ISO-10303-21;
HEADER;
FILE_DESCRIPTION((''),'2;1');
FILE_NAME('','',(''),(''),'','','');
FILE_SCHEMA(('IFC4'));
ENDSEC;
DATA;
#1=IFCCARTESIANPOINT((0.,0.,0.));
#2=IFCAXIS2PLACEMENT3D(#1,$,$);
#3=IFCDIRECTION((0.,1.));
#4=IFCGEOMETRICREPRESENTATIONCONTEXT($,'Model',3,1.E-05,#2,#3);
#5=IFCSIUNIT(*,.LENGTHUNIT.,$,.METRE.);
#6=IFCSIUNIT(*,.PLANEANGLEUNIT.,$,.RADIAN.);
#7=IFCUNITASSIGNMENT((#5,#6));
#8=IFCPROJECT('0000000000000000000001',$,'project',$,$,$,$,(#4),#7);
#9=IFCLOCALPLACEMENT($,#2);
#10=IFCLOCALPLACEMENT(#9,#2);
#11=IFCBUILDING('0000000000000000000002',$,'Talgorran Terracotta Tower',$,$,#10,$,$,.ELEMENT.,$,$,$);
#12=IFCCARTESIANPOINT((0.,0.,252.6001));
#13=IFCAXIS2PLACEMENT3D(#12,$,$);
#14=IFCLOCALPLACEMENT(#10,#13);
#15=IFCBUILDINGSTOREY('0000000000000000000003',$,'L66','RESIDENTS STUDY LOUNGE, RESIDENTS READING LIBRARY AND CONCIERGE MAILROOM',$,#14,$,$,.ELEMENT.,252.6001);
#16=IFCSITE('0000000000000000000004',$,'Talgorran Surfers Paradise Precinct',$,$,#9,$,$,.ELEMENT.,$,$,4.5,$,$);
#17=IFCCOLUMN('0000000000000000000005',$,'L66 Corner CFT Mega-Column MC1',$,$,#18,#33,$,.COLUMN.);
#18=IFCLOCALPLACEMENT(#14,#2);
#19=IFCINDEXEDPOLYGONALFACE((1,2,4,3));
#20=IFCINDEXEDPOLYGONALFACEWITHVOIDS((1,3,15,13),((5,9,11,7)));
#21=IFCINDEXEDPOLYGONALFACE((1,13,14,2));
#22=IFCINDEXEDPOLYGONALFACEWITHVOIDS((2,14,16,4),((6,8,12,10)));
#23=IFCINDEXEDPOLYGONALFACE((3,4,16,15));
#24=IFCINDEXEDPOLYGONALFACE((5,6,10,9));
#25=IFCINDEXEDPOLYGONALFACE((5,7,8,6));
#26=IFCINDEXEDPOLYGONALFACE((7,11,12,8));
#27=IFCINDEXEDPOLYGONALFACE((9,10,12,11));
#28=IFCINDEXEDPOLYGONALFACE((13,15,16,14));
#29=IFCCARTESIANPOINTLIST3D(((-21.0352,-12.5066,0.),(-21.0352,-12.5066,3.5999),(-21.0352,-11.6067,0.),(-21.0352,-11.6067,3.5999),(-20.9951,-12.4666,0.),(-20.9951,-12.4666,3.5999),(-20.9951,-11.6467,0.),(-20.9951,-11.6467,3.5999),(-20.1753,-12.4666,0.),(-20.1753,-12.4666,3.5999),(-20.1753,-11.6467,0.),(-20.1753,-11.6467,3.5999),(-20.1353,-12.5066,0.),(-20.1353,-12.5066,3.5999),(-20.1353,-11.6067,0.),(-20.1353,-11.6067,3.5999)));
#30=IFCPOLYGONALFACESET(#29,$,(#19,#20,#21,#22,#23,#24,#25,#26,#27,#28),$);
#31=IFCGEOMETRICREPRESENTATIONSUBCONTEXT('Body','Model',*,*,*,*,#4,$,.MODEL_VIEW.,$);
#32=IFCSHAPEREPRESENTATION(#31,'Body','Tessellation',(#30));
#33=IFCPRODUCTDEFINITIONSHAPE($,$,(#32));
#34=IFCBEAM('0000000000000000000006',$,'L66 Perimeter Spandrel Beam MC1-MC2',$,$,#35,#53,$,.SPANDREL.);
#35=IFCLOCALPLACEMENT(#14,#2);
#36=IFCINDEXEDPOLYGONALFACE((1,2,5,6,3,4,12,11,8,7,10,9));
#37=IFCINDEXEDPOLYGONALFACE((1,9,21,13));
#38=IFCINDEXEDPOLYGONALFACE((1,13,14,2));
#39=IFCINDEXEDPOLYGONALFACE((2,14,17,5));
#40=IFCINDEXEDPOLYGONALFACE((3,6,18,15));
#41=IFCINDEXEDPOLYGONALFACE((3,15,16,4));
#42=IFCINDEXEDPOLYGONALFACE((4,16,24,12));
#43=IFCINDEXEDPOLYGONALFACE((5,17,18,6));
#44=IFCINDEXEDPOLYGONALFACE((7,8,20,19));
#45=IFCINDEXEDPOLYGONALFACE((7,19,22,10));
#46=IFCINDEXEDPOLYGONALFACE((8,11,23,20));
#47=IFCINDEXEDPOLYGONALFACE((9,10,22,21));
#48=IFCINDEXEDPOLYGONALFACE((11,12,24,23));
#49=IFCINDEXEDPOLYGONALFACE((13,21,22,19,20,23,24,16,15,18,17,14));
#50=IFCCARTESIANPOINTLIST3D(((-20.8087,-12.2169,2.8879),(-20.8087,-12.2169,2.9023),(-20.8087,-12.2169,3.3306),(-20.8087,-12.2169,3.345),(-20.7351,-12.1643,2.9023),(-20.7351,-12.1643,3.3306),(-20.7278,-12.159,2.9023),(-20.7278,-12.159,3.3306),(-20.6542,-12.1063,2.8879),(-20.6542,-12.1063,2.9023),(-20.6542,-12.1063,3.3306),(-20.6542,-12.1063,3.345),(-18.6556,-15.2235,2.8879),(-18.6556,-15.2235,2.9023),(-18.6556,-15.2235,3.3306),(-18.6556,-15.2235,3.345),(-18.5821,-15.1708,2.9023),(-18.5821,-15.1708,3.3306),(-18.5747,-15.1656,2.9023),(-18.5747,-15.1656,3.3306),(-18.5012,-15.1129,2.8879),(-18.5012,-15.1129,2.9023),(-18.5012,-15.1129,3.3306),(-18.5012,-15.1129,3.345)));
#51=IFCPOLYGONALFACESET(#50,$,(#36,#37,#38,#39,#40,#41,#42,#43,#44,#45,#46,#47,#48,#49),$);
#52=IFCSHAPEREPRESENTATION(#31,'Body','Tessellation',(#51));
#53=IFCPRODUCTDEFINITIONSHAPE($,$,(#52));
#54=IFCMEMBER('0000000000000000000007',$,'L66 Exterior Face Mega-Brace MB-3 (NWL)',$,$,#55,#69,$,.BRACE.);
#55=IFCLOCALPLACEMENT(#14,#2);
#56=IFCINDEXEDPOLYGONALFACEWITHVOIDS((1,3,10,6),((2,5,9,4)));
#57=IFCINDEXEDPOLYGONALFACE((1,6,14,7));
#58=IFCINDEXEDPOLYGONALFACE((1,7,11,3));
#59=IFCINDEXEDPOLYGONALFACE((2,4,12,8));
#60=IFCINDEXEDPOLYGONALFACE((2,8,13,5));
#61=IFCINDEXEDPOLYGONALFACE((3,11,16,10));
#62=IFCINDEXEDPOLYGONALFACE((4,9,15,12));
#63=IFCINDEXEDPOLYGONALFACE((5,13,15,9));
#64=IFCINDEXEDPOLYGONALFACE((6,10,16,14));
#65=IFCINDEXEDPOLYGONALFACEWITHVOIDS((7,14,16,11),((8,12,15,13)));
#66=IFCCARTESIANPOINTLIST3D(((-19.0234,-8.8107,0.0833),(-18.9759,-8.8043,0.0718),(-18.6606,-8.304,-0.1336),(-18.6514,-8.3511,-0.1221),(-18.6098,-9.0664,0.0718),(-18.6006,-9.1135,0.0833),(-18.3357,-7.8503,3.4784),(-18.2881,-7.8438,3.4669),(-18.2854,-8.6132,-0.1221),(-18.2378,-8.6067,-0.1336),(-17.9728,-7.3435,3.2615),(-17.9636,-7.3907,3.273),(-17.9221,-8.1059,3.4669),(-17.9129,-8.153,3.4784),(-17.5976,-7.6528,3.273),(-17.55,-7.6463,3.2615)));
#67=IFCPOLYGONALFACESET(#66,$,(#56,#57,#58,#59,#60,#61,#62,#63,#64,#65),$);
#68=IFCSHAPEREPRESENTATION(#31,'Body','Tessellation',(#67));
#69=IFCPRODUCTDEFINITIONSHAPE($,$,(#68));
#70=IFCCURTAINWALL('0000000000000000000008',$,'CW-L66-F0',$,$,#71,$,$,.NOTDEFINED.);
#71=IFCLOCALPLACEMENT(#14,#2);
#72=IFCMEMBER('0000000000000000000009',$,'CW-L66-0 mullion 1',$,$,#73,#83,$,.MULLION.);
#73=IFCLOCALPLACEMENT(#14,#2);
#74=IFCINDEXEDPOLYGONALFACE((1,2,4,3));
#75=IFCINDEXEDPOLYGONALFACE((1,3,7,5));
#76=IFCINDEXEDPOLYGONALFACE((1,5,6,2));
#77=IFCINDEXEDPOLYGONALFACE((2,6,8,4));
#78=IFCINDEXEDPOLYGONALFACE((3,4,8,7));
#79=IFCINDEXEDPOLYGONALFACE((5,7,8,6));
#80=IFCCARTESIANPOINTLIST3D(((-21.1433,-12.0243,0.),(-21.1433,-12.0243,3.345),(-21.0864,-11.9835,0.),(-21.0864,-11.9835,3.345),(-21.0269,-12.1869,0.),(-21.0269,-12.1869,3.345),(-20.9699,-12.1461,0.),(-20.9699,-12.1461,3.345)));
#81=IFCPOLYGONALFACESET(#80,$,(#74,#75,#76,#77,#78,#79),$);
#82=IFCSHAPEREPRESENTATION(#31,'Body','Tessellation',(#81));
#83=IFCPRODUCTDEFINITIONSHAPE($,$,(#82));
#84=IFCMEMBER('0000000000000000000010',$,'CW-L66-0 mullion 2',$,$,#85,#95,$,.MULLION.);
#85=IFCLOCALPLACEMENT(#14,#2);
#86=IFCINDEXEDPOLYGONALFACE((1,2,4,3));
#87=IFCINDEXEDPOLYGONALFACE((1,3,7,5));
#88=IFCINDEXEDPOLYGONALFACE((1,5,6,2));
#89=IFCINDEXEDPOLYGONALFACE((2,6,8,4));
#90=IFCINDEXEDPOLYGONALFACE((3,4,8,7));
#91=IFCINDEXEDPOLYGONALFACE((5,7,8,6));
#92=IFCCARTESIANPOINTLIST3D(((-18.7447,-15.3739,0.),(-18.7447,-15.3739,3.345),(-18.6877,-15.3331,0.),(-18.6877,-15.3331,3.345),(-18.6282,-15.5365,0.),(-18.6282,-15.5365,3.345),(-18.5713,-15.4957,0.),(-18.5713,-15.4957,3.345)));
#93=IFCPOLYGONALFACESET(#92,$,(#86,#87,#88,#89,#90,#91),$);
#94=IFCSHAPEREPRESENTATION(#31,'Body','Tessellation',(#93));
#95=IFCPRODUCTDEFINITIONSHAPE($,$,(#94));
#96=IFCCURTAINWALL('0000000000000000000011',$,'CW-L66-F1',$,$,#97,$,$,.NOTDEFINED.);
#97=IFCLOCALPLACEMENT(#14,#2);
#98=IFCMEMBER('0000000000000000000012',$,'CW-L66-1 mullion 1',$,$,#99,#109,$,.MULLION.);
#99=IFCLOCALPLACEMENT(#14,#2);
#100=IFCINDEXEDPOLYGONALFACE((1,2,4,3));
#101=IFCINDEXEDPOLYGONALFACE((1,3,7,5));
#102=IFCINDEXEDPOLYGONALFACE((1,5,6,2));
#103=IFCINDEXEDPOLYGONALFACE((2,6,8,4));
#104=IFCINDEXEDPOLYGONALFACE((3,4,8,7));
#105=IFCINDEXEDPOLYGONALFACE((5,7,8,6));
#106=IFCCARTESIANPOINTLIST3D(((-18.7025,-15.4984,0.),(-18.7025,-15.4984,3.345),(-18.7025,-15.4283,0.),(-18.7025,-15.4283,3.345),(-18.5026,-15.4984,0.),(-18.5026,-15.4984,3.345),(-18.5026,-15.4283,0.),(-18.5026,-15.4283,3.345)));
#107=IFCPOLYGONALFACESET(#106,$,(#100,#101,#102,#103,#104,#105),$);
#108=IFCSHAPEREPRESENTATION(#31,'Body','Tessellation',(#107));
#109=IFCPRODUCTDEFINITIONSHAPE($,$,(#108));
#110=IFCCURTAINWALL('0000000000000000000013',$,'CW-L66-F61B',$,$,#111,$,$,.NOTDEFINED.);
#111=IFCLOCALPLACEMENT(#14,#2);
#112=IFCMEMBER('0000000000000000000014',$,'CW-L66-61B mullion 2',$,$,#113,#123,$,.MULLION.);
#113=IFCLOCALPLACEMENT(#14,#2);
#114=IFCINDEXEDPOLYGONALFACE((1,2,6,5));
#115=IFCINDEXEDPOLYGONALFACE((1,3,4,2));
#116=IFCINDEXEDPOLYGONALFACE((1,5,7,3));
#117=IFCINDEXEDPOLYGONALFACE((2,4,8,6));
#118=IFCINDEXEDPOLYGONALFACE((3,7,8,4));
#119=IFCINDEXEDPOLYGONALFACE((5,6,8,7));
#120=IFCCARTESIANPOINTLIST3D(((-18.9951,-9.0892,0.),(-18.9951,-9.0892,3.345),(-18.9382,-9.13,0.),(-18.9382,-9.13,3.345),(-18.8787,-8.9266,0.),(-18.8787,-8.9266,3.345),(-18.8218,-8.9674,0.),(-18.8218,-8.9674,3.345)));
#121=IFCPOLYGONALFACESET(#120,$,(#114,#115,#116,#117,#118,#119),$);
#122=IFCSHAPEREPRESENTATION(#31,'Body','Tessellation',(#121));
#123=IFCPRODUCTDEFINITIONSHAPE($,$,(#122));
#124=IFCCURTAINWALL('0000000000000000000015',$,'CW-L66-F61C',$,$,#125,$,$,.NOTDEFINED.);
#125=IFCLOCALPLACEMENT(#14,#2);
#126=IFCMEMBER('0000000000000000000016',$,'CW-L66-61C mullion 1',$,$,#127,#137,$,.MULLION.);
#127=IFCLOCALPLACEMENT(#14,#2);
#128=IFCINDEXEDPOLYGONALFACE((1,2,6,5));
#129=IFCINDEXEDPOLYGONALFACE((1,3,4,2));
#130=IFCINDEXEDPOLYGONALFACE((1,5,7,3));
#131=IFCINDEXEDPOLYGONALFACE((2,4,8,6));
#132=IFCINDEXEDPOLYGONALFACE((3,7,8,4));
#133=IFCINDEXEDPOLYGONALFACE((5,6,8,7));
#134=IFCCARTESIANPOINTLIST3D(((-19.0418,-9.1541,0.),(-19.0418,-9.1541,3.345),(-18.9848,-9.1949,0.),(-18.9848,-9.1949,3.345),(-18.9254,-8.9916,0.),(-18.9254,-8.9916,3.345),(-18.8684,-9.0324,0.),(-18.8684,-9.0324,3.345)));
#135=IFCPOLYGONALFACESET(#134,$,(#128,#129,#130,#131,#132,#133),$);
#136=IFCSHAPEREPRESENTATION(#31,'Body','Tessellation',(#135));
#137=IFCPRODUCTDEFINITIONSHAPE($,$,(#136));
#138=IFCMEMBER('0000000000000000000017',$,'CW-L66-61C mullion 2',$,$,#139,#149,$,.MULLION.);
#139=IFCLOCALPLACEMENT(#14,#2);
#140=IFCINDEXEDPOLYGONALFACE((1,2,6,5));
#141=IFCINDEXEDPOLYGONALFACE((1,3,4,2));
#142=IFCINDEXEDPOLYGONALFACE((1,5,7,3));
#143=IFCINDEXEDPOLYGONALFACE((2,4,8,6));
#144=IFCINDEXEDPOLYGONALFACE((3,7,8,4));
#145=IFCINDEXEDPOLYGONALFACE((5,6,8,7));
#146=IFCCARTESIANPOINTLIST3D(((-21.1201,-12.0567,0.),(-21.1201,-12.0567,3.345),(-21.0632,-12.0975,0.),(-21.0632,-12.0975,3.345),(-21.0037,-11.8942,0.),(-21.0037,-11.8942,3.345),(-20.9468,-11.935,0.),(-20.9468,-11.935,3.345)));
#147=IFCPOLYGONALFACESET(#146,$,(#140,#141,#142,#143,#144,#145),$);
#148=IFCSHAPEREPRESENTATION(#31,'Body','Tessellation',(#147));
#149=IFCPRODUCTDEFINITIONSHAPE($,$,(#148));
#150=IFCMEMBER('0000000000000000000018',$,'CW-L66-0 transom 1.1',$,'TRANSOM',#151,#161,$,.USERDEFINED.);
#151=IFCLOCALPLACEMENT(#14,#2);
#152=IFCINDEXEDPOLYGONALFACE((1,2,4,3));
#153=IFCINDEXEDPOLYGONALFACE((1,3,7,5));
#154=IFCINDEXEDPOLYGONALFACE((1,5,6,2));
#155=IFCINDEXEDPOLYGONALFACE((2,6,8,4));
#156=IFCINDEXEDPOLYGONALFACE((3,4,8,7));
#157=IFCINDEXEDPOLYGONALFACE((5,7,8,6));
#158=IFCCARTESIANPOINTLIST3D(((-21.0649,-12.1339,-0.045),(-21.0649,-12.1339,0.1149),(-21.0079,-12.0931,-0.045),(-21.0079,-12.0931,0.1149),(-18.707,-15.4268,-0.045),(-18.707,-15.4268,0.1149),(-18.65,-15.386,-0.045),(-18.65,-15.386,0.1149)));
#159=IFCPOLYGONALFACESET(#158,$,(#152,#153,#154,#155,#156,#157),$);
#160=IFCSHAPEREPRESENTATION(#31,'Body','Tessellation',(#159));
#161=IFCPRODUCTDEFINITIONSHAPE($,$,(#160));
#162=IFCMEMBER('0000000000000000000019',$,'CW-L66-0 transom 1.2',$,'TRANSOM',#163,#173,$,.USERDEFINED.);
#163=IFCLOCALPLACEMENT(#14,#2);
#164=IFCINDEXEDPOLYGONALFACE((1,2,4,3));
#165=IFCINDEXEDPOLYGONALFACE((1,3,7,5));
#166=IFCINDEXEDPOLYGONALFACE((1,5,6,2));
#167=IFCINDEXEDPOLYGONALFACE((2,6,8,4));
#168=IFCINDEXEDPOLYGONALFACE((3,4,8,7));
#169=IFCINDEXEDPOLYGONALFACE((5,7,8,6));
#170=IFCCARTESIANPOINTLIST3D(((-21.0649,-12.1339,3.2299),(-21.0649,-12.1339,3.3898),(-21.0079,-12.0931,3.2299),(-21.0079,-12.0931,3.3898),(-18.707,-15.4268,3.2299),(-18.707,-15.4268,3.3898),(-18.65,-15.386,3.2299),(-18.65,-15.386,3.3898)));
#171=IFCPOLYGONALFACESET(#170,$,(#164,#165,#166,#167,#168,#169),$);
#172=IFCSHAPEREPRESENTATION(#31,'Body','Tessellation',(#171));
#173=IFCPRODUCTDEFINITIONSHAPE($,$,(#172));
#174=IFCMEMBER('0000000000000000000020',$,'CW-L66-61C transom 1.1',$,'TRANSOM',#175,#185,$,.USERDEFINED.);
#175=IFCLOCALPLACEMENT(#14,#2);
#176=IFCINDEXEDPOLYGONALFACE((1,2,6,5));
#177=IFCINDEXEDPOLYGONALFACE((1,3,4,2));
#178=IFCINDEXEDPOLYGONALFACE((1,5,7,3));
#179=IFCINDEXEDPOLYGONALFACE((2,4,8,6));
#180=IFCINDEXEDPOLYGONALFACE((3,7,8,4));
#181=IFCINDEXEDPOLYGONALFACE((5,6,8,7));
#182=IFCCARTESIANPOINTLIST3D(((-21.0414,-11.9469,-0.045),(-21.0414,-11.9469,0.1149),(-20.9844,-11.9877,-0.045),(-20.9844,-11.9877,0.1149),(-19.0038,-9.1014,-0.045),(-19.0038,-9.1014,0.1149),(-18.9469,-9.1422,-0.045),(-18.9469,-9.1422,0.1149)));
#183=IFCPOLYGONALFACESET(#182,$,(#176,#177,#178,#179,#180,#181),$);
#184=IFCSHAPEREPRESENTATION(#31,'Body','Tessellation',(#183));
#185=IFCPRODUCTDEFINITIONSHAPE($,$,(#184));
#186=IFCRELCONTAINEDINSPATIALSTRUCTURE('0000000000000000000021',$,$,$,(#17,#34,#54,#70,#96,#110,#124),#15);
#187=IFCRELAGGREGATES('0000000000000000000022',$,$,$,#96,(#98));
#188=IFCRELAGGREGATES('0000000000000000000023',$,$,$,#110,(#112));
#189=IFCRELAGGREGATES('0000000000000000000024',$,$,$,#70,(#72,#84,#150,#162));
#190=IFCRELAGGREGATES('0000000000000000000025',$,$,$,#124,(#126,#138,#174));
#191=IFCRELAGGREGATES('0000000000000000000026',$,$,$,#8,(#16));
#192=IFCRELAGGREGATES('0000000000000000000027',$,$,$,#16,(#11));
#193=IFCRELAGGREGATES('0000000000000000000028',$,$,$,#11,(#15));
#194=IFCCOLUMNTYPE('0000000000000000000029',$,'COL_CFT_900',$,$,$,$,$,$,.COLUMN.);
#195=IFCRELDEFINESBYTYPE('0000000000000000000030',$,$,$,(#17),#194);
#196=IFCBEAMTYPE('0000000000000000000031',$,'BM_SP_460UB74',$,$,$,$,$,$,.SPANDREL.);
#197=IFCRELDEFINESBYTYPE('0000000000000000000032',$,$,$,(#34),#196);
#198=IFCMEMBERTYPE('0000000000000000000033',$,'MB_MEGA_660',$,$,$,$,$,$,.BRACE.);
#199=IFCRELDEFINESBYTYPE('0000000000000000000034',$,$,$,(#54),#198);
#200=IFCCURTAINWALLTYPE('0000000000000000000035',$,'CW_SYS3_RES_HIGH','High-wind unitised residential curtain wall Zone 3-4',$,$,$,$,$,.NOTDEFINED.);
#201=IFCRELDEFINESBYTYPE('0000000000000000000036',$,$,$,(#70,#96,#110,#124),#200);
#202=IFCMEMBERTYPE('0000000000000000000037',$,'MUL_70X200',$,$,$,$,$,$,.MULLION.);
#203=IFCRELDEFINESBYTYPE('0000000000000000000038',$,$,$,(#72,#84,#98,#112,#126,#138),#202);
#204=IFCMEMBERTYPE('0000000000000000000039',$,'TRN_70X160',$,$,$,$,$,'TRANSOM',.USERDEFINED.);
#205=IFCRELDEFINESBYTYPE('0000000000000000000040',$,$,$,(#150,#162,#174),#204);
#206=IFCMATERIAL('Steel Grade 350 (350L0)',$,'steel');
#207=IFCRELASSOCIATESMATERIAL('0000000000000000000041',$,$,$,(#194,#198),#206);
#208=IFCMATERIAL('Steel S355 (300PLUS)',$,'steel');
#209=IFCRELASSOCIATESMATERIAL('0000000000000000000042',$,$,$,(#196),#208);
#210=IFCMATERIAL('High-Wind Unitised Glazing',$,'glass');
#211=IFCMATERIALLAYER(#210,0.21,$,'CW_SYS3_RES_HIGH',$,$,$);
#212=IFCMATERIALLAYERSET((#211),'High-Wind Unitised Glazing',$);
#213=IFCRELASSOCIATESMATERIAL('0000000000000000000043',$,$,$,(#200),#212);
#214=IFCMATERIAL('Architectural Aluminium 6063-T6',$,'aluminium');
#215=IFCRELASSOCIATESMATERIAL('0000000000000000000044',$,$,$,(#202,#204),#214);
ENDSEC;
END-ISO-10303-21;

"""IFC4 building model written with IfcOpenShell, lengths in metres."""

from ifc_helpers import new_model, si_unit, direction, frame, origin, origin_2d, place, context, subcontext, project, spatial, rectangle, hollow_rectangle, i_section, extrude, material, layer, layer_set, material_profile, profile_set, type_object, element, aggregate, save


model = new_model("IFC4")

# Units and contexts
model_context = context("Model", 3, precision=1e-05, world=origin(), true_north=direction((0.0, 1.0)))
body_context = subcontext(model_context, "Body", "Model", "MODEL_VIEW")
ifc_project = project(units=[si_unit("LENGTHUNIT", "METRE"), si_unit("PLANEANGLEUNIT", "RADIAN")], contexts=[model_context])

# Site, building, storey
site_placement = place(None, origin())
site = spatial("IfcSite", under=ifc_project, at=site_placement, Name="Talgorran Surfers Paradise Precinct", CompositionType="ELEMENT", RefElevation=4.5)
building_placement = place(site_placement, origin())
building = spatial("IfcBuilding", under=site, at=building_placement, Name="Talgorran Terracotta Tower", CompositionType="ELEMENT")
storey_placement = place(building_placement, frame((0.0, 0.0, 252.6001)))
storey = spatial("IfcBuildingStorey", under=building, at=storey_placement, Name="L66", Description="RESIDENTS STUDY LOUNGE, RESIDENTS READING LIBRARY AND CONCIERGE MAILROOM", CompositionType="ELEMENT", Elevation=252.6001)

# Column
ifc_material_1 = material(Name="Steel Grade 350 (350L0)", Category="steel")
ifc_material_profile_1 = material_profile(ifc_material_1, hollow_rectangle(XDim=0.8999, YDim=0.8999, WallThickness=0.04, at=origin_2d()), Name="CFT900X900X40")
ifc_profile_set_1 = profile_set([ifc_material_profile_1], Name="Steel Grade 350 (350L0)")
column_type = type_object("IfcColumnType", Name="COL_CFT_900", PredefinedType="COLUMN", material=ifc_profile_set_1)
column_placement = place(storey_placement, frame((-20.5852, -12.0566, 0.0), z_axis=(0.0, 0.0, 1.0), x_axis=(1.0, 0.0, 0.0)))
element("IfcColumn", 1, at=column_placement, inside=storey, type_object=column_type, Name="L66 Corner CFT Mega-Column MC1", PredefinedType="COLUMN", context=body_context, shape_type="SweptSolid", body=[
    extrude(hollow_rectangle(XDim=0.8999, YDim=0.8999, WallThickness=0.04, at=origin_2d()), origin(), (0.0, 0.0, 1.0), 3.5999),
])

# Beam
ifc_material_2 = material(Name="Steel S355 (300PLUS)", Category="steel")
ifc_material_profile_2 = material_profile(ifc_material_2, i_section(OverallWidth=0.1899, OverallDepth=0.457, WebThickness=0.009, FlangeThickness=0.0144, at=origin_2d()), Name="460UB74.6")
ifc_profile_set_2 = profile_set([ifc_material_profile_2], Name="Steel S355 (300PLUS)")
beam_type = type_object("IfcBeamType", Name="BM_SP_460UB74", PredefinedType="SPANDREL", material=ifc_profile_set_2)
beam_placement = place(storey_placement, frame((-20.7314, -12.1616, 3.1165), z_axis=(0.582224, -0.813028, 0.0), x_axis=(0.813028, 0.582224, 0.0)))
element("IfcBeam", 2, at=beam_placement, inside=storey, type_object=beam_type, Name="L66 Perimeter Spandrel Beam MC1-MC2", PredefinedType="SPANDREL", context=body_context, shape_type="SweptSolid", body=[
    extrude(i_section(OverallWidth=0.1899, OverallDepth=0.457, WebThickness=0.009, FlangeThickness=0.0144, at=origin_2d()), origin(), (0.0, 0.0, 1.0), 3.698),
])

# Member
ifc_material_profile_3 = material_profile(ifc_material_1, hollow_rectangle(XDim=0.52, YDim=0.6599, WallThickness=0.0349, at=origin_2d()), Name="WBOX660X520X35")
ifc_profile_set_3 = profile_set([ifc_material_profile_3], Name="Steel Grade 350 (350L0)")
member_type_1 = type_object("IfcMemberType", Name="MB_MEGA_660", PredefinedType="BRACE", material=ifc_profile_set_3)
member_1_placement = place(storey_placement, frame((-18.6306, -8.7087, -0.0251), z_axis=(0.191324, 0.267187, 0.944461), x_axis=(-0.813049, 0.582196, 0.0)))
element("IfcMember", 3, at=member_1_placement, inside=storey, type_object=member_type_1, Name="L66 Exterior Face Mega-Brace MB-3 (NWL)", PredefinedType="BRACE", context=body_context, shape_type="SweptSolid", body=[
    extrude(hollow_rectangle(XDim=0.52, YDim=0.6599, WallThickness=0.0349, at=origin_2d()), origin(), (0.0, 0.0, 1.0), 3.5947),
])

# Curtain wall, members
ifc_material_3 = material(Name="High-Wind Unitised Glazing", Category="glass")
ifc_layer_1 = layer(ifc_material_3, 0.21, Name="CW_SYS3_RES_HIGH")
ifc_layer_set_1 = layer_set([ifc_layer_1], Name="High-Wind Unitised Glazing")
curtain_wall_type = type_object("IfcCurtainWallType", Name="CW_SYS3_RES_HIGH", Description="High-wind unitised residential curtain wall Zone 3-4", PredefinedType="NOTDEFINED", material=ifc_layer_set_1)
curtain_wall_1_placement = place(storey_placement, origin())
curtain_wall_1 = element("IfcCurtainWall", 4, at=curtain_wall_1_placement, inside=storey, type_object=curtain_wall_type, Name="CW-L66-F0", PredefinedType="NOTDEFINED")
ifc_material_4 = material(Name="Architectural Aluminium 6063-T6", Category="aluminium")
ifc_material_profile_4 = material_profile(ifc_material_4, rectangle(XDim=0.0701, YDim=0.2, at=origin_2d()), Name="CWM70X200")
ifc_profile_set_4 = profile_set([ifc_material_profile_4], Name="Architectural Aluminium 6063-T6")
member_type_2 = type_object("IfcMemberType", Name="MUL_70X200", PredefinedType="MULLION", material=ifc_profile_set_4)
member_2_placement = place(storey_placement, frame((-21.0566, -12.0852, 0.0), z_axis=(0.0, 0.0, 1.0), x_axis=(0.813031, 0.58222, 0.0)))
member_2 = element("IfcMember", 5, at=member_2_placement, type_object=member_type_2, Name="CW-L66-0 mullion 1", PredefinedType="MULLION", context=body_context, shape_type="SweptSolid", body=[
    extrude(rectangle(XDim=0.0701, YDim=0.2, at=origin_2d()), origin(), (0.0, 0.0, 1.0), 3.345),
])
member_3_placement = place(storey_placement, frame((-18.658, -15.4348, 0.0), z_axis=(0.0, 0.0, 1.0), x_axis=(0.813031, 0.58222, 0.0)))
member_3 = element("IfcMember", 6, at=member_3_placement, type_object=member_type_2, Name="CW-L66-0 mullion 2", PredefinedType="MULLION", context=body_context, shape_type="SweptSolid", body=[
    extrude(rectangle(XDim=0.0701, YDim=0.2, at=origin_2d()), origin(), (0.0, 0.0, 1.0), 3.345),
])

# Curtain walls, members
curtain_wall_2_placement = place(storey_placement, origin())
curtain_wall_2 = element("IfcCurtainWall", 7, at=curtain_wall_2_placement, inside=storey, type_object=curtain_wall_type, Name="CW-L66-F1", PredefinedType="NOTDEFINED")
member_4_placement = place(storey_placement, frame((-18.6025, -15.4634, 0.0), z_axis=(0.0, 0.0, 1.0), x_axis=(0.0, 1.0, 0.0)))
member_4 = element("IfcMember", 8, at=member_4_placement, type_object=member_type_2, Name="CW-L66-1 mullion 1", PredefinedType="MULLION", context=body_context, shape_type="SweptSolid", body=[
    extrude(rectangle(XDim=0.0701, YDim=0.2, at=origin_2d()), origin(), (0.0, 0.0, 1.0), 3.345),
])
aggregate(curtain_wall_2, [member_4])
curtain_wall_3_placement = place(storey_placement, origin())
curtain_wall_3 = element("IfcCurtainWall", 9, at=curtain_wall_3_placement, inside=storey, type_object=curtain_wall_type, Name="CW-L66-F61B", PredefinedType="NOTDEFINED")
member_5_placement = place(storey_placement, frame((-18.9084, -9.0283, 0.0), z_axis=(0.0, 0.0, 1.0), x_axis=(0.813023, -0.582231, 0.0)))
member_5 = element("IfcMember", 10, at=member_5_placement, type_object=member_type_2, Name="CW-L66-61B mullion 2", PredefinedType="MULLION", context=body_context, shape_type="SweptSolid", body=[
    extrude(rectangle(XDim=0.0701, YDim=0.2, at=origin_2d()), origin(), (0.0, 0.0, 1.0), 3.345),
])
aggregate(curtain_wall_3, [member_5])

# Curtain wall, members
curtain_wall_4_placement = place(storey_placement, origin())
curtain_wall_4 = element("IfcCurtainWall", 11, at=curtain_wall_4_placement, inside=storey, type_object=curtain_wall_type, Name="CW-L66-F61C", PredefinedType="NOTDEFINED")
member_6_placement = place(storey_placement, frame((-18.9551, -9.0933, 0.0), z_axis=(0.0, 0.0, 1.0), x_axis=(0.813042, -0.582205, 0.0)))
member_6 = element("IfcMember", 12, at=member_6_placement, type_object=member_type_2, Name="CW-L66-61C mullion 1", PredefinedType="MULLION", context=body_context, shape_type="SweptSolid", body=[
    extrude(rectangle(XDim=0.0701, YDim=0.2, at=origin_2d()), origin(), (0.0, 0.0, 1.0), 3.345),
])
member_7_placement = place(storey_placement, frame((-21.0334, -11.9958, 0.0), z_axis=(0.0, 0.0, 1.0), x_axis=(0.813042, -0.582205, 0.0)))
member_7 = element("IfcMember", 13, at=member_7_placement, type_object=member_type_2, Name="CW-L66-61C mullion 2", PredefinedType="MULLION", context=body_context, shape_type="SweptSolid", body=[
    extrude(rectangle(XDim=0.0701, YDim=0.2, at=origin_2d()), origin(), (0.0, 0.0, 1.0), 3.345),
])

# Members
ifc_material_profile_5 = material_profile(ifc_material_4, rectangle(XDim=0.0701, YDim=0.1599, at=origin_2d()), Name="CWT70X160")
ifc_profile_set_5 = profile_set([ifc_material_profile_5], Name="Architectural Aluminium 6063-T6")
member_type_3 = type_object("IfcMemberType", Name="TRN_70X160", ElementType="TRANSOM", PredefinedType="USERDEFINED", material=ifc_profile_set_5)
member_8_placement = place(storey_placement, frame((-21.0364, -12.1135, 0.0349), z_axis=(0.582184, -0.813057, 0.0), x_axis=(0.813057, 0.582184, 0.0)))
member_8 = element("IfcMember", 14, at=member_8_placement, type_object=member_type_3, Name="CW-L66-0 transom 1.1", ObjectType="TRANSOM", PredefinedType="USERDEFINED", context=body_context, shape_type="SweptSolid", body=[
    extrude(rectangle(XDim=0.0701, YDim=0.1599, at=origin_2d()), origin(), (0.0, 0.0, 1.0), 4.05),
])
member_9_placement = place(storey_placement, frame((-21.0364, -12.1135, 3.3098), z_axis=(0.582184, -0.813057, 0.0), x_axis=(0.813057, 0.582184, 0.0)))
member_9 = element("IfcMember", 15, at=member_9_placement, type_object=member_type_3, Name="CW-L66-0 transom 1.2", ObjectType="TRANSOM", PredefinedType="USERDEFINED", context=body_context, shape_type="SweptSolid", body=[
    extrude(rectangle(XDim=0.0701, YDim=0.1599, at=origin_2d()), origin(), (0.0, 0.0, 1.0), 4.05),
])
member_10_placement = place(storey_placement, frame((-18.9753, -9.1218, 0.0349), z_axis=(-0.582208, -0.81304, 0.0), x_axis=(0.81304, -0.582208, 0.0)))
member_10 = element("IfcMember", 16, at=member_10_placement, type_object=member_type_3, Name="CW-L66-61C transom 1.1", ObjectType="TRANSOM", PredefinedType="USERDEFINED", context=body_context, shape_type="SweptSolid", body=[
    extrude(rectangle(XDim=0.0701, YDim=0.1599, at=origin_2d()), origin(), (0.0, 0.0, 1.0), 3.4998),
])

aggregate(curtain_wall_1, [member_2, member_3, member_8, member_9])
aggregate(curtain_wall_4, [member_6, member_7, member_10])

save(model, "model.ifc")
